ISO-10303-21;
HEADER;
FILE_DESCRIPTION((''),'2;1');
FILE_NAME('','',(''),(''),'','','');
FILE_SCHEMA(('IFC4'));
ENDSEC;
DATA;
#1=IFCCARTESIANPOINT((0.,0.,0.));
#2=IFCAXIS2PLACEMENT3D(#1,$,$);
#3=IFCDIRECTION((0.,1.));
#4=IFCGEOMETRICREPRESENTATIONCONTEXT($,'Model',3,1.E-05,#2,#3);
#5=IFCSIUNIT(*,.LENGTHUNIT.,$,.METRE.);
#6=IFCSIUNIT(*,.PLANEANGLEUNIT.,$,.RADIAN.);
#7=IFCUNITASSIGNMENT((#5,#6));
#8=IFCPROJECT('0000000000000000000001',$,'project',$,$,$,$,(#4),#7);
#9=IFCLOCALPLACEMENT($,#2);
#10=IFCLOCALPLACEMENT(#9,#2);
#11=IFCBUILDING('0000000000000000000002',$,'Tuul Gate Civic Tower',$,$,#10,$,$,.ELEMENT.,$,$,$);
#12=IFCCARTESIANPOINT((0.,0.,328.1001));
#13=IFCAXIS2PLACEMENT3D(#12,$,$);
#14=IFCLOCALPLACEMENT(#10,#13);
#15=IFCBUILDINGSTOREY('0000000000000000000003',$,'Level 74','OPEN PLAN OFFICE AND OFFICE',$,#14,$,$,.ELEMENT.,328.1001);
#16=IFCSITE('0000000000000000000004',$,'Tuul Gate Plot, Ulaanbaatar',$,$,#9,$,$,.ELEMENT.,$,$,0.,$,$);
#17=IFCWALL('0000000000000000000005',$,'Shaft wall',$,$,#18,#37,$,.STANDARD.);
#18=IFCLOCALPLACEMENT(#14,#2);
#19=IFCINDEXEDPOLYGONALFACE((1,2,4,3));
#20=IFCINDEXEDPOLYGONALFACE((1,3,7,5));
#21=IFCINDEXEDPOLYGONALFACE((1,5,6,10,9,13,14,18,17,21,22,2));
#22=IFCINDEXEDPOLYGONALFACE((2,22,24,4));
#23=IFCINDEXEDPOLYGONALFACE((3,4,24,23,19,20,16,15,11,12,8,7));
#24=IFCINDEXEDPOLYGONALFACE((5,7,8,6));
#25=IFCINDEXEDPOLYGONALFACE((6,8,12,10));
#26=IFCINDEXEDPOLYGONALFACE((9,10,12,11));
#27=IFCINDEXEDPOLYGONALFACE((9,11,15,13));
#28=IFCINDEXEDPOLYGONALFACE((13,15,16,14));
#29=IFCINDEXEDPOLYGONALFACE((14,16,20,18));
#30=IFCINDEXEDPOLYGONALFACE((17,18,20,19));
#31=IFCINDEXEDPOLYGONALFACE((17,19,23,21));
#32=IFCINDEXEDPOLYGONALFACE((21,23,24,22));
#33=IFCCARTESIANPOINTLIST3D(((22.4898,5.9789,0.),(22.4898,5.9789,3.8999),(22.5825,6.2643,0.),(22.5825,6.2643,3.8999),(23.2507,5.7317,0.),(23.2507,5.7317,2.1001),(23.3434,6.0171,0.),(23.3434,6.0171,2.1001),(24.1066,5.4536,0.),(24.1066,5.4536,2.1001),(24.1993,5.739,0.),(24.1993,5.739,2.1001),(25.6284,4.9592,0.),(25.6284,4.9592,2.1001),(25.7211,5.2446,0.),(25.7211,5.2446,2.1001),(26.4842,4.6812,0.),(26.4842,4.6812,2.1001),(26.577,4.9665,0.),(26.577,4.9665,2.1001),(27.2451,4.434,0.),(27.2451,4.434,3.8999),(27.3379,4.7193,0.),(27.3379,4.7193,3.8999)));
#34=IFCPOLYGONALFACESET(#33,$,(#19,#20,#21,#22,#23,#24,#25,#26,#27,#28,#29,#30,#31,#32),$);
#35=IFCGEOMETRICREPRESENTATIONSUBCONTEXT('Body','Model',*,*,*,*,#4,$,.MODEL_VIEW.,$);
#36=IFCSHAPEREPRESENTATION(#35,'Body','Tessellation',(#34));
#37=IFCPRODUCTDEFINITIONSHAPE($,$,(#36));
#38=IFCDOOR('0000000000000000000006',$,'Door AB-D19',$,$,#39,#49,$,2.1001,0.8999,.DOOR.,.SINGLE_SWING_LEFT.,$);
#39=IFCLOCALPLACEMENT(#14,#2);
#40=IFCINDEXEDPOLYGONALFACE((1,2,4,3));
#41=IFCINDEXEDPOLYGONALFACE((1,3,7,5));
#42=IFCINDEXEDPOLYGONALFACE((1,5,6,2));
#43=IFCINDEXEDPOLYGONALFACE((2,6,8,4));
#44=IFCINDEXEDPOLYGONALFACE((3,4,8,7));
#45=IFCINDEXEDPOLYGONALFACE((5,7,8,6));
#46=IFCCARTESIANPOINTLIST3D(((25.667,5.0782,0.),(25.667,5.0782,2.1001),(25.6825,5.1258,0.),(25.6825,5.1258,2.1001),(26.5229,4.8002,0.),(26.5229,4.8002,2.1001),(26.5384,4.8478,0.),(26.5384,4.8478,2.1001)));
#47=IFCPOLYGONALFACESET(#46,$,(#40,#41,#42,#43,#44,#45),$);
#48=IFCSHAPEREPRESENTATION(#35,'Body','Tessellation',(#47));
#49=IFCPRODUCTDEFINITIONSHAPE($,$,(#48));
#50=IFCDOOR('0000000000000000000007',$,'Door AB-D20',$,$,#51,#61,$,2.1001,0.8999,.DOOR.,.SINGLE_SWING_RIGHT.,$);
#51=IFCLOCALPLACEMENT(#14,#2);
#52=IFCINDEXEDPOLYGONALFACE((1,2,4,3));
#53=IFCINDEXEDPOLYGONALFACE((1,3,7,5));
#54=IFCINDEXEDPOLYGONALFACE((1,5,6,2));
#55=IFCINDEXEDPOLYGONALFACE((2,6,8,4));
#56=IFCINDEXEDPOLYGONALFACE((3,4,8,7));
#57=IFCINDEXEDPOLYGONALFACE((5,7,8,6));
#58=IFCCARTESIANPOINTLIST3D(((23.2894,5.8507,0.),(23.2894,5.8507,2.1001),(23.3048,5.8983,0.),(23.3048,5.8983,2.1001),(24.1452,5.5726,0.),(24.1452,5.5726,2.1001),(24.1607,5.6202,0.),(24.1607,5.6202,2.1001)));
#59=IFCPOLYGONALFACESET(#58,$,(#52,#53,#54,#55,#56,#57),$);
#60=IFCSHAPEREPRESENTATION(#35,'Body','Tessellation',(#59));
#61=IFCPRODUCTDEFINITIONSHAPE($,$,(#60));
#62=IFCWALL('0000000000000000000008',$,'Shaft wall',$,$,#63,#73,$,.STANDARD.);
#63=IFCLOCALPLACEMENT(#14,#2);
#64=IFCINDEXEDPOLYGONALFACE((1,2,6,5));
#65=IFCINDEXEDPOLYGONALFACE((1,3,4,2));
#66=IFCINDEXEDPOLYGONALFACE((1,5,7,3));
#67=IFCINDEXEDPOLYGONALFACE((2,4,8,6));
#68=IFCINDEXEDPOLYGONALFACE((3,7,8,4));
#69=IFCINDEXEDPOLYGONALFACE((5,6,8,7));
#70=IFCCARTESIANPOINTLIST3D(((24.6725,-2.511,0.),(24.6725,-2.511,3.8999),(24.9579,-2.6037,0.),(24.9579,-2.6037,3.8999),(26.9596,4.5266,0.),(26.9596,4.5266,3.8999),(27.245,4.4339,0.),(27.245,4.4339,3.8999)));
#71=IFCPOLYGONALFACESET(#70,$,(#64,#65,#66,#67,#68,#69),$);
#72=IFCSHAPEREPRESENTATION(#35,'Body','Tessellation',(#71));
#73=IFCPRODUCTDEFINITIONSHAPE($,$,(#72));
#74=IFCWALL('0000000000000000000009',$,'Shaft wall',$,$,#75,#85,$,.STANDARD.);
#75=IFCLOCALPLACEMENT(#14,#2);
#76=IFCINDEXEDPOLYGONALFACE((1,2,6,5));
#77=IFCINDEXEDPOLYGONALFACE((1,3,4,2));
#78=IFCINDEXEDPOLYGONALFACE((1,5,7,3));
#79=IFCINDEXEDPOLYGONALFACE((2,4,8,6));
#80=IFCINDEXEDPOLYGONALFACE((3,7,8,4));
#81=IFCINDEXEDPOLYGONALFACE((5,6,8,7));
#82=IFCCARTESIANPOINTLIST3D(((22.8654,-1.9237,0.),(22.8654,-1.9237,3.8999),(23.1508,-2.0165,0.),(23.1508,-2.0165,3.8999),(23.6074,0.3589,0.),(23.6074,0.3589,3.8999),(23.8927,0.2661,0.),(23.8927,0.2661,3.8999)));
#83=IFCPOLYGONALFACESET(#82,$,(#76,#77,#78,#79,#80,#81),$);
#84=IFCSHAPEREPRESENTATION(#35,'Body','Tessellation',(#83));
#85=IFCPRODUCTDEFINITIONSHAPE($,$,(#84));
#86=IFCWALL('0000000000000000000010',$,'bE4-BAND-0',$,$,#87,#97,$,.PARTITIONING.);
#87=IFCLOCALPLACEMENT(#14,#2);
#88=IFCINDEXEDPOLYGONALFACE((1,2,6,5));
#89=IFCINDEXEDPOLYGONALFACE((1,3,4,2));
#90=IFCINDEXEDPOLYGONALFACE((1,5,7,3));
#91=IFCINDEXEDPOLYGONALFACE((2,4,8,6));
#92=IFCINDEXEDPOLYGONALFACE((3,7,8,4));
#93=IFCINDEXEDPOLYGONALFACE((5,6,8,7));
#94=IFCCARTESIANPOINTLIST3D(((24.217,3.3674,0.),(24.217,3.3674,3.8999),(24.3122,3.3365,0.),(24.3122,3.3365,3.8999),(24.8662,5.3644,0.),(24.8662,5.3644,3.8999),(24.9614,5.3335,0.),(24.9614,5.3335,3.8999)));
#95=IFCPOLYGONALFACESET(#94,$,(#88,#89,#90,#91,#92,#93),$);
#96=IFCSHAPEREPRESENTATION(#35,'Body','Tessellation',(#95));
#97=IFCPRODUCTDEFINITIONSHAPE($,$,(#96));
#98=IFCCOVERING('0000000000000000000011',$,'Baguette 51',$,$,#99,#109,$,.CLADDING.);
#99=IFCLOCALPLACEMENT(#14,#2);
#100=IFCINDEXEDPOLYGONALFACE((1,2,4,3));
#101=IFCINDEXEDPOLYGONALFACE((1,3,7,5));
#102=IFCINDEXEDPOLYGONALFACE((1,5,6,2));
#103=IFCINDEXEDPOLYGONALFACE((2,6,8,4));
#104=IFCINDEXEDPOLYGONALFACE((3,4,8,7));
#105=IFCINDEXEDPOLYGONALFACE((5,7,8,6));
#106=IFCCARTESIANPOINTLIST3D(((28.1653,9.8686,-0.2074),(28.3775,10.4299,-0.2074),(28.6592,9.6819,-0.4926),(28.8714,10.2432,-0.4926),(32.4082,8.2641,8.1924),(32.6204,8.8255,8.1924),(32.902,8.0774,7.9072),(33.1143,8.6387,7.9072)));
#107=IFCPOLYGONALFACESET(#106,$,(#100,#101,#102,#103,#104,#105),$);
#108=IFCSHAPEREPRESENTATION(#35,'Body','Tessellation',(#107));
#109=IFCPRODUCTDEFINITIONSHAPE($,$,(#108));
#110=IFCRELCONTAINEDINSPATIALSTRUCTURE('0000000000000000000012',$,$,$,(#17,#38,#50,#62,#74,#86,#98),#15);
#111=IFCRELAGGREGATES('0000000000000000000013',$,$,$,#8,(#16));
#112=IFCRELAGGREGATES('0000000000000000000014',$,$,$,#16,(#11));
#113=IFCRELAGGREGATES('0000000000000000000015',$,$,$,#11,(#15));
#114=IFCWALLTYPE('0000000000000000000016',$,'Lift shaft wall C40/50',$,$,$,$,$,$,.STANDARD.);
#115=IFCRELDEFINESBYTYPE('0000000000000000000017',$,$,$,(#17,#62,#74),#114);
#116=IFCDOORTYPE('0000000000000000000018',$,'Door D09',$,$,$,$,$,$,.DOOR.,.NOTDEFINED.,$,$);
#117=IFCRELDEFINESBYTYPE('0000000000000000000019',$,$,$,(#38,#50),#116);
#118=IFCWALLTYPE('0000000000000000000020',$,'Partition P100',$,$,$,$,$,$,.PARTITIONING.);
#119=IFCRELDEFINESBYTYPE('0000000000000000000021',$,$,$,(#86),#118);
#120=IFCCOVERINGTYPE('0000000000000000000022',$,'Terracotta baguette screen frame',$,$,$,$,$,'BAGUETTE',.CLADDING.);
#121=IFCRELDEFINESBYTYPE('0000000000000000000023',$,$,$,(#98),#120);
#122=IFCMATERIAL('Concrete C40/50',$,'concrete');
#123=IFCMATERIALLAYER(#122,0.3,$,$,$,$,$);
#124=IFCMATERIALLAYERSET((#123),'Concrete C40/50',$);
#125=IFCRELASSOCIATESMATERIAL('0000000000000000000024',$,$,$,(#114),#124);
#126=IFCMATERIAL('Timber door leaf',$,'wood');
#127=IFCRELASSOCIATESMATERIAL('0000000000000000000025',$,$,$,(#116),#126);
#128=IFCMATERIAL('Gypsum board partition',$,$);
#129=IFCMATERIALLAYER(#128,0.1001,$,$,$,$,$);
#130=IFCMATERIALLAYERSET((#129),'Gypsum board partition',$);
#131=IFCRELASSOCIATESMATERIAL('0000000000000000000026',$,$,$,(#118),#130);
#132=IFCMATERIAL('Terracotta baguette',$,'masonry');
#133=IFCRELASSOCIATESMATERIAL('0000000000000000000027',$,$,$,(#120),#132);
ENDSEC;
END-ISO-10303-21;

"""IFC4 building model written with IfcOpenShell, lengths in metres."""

from ifc_helpers import new_model, si_unit, direction, frame, frame_2d, origin, origin_2d, place, context, subcontext, project, spatial, rectangle, extrude, material, layer, layer_set, material_profile, profile_set, type_object, element, fill, save


model = new_model("IFC4")

# Units and contexts
model_context = context("Model", 3, precision=1e-05, world=origin(), true_north=direction((0.0, 1.0)))
body_context = subcontext(model_context, "Body", "Model", "MODEL_VIEW")
ifc_project = project(units=[si_unit("LENGTHUNIT", "METRE"), si_unit("PLANEANGLEUNIT", "RADIAN")], contexts=[model_context])

# Site, building, storey
site_placement = place(None, origin())
site = spatial("IfcSite", under=ifc_project, at=site_placement, Name="Tuul Gate Plot, Ulaanbaatar", CompositionType="ELEMENT", RefElevation=0.0)
building_placement = place(site_placement, origin())
building = spatial("IfcBuilding", under=site, at=building_placement, Name="Tuul Gate Civic Tower", CompositionType="ELEMENT")
storey_placement = place(building_placement, frame((0.0, 0.0, 328.1001)))
storey = spatial("IfcBuildingStorey", under=building, at=storey_placement, Name="Level 74", Description="OPEN PLAN OFFICE AND OFFICE", CompositionType="ELEMENT", Elevation=328.1001)

# Shared definitions
ifc_material_1 = material(Name="Concrete C40/50", Category="concrete")
ifc_layer_1 = layer(ifc_material_1, 0.3)
ifc_layer_set_1 = layer_set([ifc_layer_1], Name="Concrete C40/50")
wall_type_1 = type_object("IfcWallType", Name="Lift shaft wall C40/50", PredefinedType="STANDARD", material=ifc_layer_set_1)

# Wall, openings, doors
wall_1_placement = place(storey_placement, frame((27.2915, 4.5767, 0.0), z_axis=(0.0, 0.0, 1.0), x_axis=(-0.951068, 0.308982, 0.0)))
wall_1 = element("IfcWall", 1, at=wall_1_placement, inside=storey, type_object=wall_type_1, Name="Shaft wall", PredefinedType="STANDARD", context=body_context, shape_type="SweptSolid", body=[
    extrude(rectangle(XDim=5.0, YDim=0.3, at=frame_2d((2.5, 0.0))), origin(), (0.0, 0.0, 1.0), 3.8999),
])
opening_1_placement = place(wall_1_placement, frame((0.8, 0.0, 0.0)))
opening_1 = element("IfcOpeningElement", 2, at=opening_1_placement, cuts=wall_1, PredefinedType="OPENING", context=body_context, shape_type="SweptSolid", body=[
    extrude(rectangle(XDim=0.8999, YDim=2.1001, at=frame_2d((0.45, 1.05))), frame((0.0, 0.1602, 0.0), z_axis=(0.0, -1.0, 0.0), x_axis=(1.0, 0.0, 0.0)), (0.0, 0.0, 1.0), 0.3201),
])
opening_2_placement = place(wall_1_placement, frame((3.3, 0.0, 0.0)))
opening_2 = element("IfcOpeningElement", 3, at=opening_2_placement, cuts=wall_1, PredefinedType="OPENING", context=body_context, shape_type="SweptSolid", body=[
    extrude(rectangle(XDim=0.8999, YDim=2.1001, at=frame_2d((0.45, 1.05))), frame((0.0, 0.1602, 0.0), z_axis=(0.0, -1.0, 0.0), x_axis=(1.0, 0.0, 0.0)), (0.0, 0.0, 1.0), 0.3201),
])
ifc_material_2 = material(Name="Timber door leaf", Category="wood")
door_type_1 = type_object("IfcDoorType", Name="Door D09", OperationType="NOTDEFINED", PredefinedType="DOOR", material=ifc_material_2)
door_1_placement = place(opening_1_placement, origin())
door_1 = element("IfcDoor", 4, at=door_1_placement, inside=storey, type_object=door_type_1, Name="Door AB-D19", OperationType="SINGLE_SWING_LEFT", OverallHeight=2.1001, OverallWidth=0.8999, PredefinedType="DOOR", context=body_context, shape_type="SweptSolid", body=[
    extrude(rectangle(XDim=0.8999, YDim=2.1001, at=frame_2d((0.45, 1.05))), frame((0.0, 0.0249, 0.0), z_axis=(0.0, -1.0, 0.0), x_axis=(1.0, 0.0, 0.0)), (0.0, 0.0, 1.0), 0.05),
])
fill(opening_1, door_1)
door_2_placement = place(opening_2_placement, origin())
door_2 = element("IfcDoor", 5, at=door_2_placement, inside=storey, type_object=door_type_1, Name="Door AB-D20", OperationType="SINGLE_SWING_RIGHT", OverallHeight=2.1001, OverallWidth=0.8999, PredefinedType="DOOR", context=body_context, shape_type="SweptSolid", body=[
    extrude(rectangle(XDim=0.8999, YDim=2.1001, at=frame_2d((0.45, 1.05))), frame((0.0, 0.0249, 0.0), z_axis=(0.0, -1.0, 0.0), x_axis=(1.0, 0.0, 0.0)), (0.0, 0.0, 1.0), 0.05),
])
fill(opening_2, door_2)

# Walls
wall_2_placement = place(storey_placement, frame((24.8152, -2.5574, 0.0), z_axis=(0.0, 0.0, 1.0), x_axis=(0.309073, 0.951038, 0.0)))
element("IfcWall", 6, at=wall_2_placement, inside=storey, type_object=wall_type_1, Name="Shaft wall", PredefinedType="STANDARD", context=body_context, shape_type="SweptSolid", body=[
    extrude(rectangle(XDim=7.3999, YDim=0.3, at=frame_2d((3.7, 0.0))), origin(), (0.0, 0.0, 1.0), 3.8999),
])
wall_3_placement = place(storey_placement, frame((23.0081, -1.9702, 0.0), z_axis=(0.0, 0.0, 1.0), x_axis=(0.309139, 0.951017, 0.0)))
element("IfcWall", 7, at=wall_3_placement, inside=storey, type_object=wall_type_1, Name="Shaft wall", PredefinedType="STANDARD", context=body_context, shape_type="SweptSolid", body=[
    extrude(rectangle(XDim=2.4001, YDim=0.3, at=frame_2d((1.2002, 0.0))), origin(), (0.0, 0.0, 1.0), 3.8999),
])
ifc_material_3 = material(Name="Gypsum board partition")
ifc_layer_2 = layer(ifc_material_3, 0.1001)
ifc_layer_set_2 = layer_set([ifc_layer_2], Name="Gypsum board partition")
wall_type_2 = type_object("IfcWallType", Name="Partition P100", PredefinedType="PARTITIONING", material=ifc_layer_set_2)
wall_4_placement = place(storey_placement, frame((24.2646, 3.3521, 0.0), z_axis=(0.0, 0.0, 1.0), x_axis=(0.309139, 0.951017, 0.0)))
element("IfcWall", 8, at=wall_4_placement, inside=storey, type_object=wall_type_2, Name="bE4-BAND-0", PredefinedType="PARTITIONING", context=body_context, shape_type="SweptSolid", body=[
    extrude(rectangle(XDim=2.0999, YDim=0.1001, at=frame_2d((1.0498, 0.0))), origin(), (0.0, 0.0, 1.0), 3.8999),
])

# Covering
ifc_material_4 = material(Name="Terracotta baguette", Category="masonry")
ifc_material_profile_1 = material_profile(ifc_material_4, rectangle(XDim=0.6001, YDim=0.6001, at=origin_2d()), Name="Terracotta baguette screen frame")
ifc_profile_set_1 = profile_set([ifc_material_profile_1], Name="Terracotta baguette")
covering_type = type_object("IfcCoveringType", Name="Terracotta baguette screen frame", ElementType="BAGUETTE", PredefinedType="CLADDING", material=ifc_profile_set_1)
covering_placement = place(storey_placement, frame((32.7612, 8.4514, 8.0498), z_axis=(-0.444449, 0.168072, -0.879896), x_axis=(-0.353711, -0.935355, 0.0)))
element("IfcCovering", 9, at=covering_placement, inside=storey, type_object=covering_type, Name="Baguette 51", PredefinedType="CLADDING", context=body_context, shape_type="SweptSolid", body=[
    extrude(rectangle(XDim=0.6001, YDim=0.6001, at=origin_2d()), origin(), (0.0, 0.0, 1.0), 9.5464),
])

save(model, "model.ifc")
